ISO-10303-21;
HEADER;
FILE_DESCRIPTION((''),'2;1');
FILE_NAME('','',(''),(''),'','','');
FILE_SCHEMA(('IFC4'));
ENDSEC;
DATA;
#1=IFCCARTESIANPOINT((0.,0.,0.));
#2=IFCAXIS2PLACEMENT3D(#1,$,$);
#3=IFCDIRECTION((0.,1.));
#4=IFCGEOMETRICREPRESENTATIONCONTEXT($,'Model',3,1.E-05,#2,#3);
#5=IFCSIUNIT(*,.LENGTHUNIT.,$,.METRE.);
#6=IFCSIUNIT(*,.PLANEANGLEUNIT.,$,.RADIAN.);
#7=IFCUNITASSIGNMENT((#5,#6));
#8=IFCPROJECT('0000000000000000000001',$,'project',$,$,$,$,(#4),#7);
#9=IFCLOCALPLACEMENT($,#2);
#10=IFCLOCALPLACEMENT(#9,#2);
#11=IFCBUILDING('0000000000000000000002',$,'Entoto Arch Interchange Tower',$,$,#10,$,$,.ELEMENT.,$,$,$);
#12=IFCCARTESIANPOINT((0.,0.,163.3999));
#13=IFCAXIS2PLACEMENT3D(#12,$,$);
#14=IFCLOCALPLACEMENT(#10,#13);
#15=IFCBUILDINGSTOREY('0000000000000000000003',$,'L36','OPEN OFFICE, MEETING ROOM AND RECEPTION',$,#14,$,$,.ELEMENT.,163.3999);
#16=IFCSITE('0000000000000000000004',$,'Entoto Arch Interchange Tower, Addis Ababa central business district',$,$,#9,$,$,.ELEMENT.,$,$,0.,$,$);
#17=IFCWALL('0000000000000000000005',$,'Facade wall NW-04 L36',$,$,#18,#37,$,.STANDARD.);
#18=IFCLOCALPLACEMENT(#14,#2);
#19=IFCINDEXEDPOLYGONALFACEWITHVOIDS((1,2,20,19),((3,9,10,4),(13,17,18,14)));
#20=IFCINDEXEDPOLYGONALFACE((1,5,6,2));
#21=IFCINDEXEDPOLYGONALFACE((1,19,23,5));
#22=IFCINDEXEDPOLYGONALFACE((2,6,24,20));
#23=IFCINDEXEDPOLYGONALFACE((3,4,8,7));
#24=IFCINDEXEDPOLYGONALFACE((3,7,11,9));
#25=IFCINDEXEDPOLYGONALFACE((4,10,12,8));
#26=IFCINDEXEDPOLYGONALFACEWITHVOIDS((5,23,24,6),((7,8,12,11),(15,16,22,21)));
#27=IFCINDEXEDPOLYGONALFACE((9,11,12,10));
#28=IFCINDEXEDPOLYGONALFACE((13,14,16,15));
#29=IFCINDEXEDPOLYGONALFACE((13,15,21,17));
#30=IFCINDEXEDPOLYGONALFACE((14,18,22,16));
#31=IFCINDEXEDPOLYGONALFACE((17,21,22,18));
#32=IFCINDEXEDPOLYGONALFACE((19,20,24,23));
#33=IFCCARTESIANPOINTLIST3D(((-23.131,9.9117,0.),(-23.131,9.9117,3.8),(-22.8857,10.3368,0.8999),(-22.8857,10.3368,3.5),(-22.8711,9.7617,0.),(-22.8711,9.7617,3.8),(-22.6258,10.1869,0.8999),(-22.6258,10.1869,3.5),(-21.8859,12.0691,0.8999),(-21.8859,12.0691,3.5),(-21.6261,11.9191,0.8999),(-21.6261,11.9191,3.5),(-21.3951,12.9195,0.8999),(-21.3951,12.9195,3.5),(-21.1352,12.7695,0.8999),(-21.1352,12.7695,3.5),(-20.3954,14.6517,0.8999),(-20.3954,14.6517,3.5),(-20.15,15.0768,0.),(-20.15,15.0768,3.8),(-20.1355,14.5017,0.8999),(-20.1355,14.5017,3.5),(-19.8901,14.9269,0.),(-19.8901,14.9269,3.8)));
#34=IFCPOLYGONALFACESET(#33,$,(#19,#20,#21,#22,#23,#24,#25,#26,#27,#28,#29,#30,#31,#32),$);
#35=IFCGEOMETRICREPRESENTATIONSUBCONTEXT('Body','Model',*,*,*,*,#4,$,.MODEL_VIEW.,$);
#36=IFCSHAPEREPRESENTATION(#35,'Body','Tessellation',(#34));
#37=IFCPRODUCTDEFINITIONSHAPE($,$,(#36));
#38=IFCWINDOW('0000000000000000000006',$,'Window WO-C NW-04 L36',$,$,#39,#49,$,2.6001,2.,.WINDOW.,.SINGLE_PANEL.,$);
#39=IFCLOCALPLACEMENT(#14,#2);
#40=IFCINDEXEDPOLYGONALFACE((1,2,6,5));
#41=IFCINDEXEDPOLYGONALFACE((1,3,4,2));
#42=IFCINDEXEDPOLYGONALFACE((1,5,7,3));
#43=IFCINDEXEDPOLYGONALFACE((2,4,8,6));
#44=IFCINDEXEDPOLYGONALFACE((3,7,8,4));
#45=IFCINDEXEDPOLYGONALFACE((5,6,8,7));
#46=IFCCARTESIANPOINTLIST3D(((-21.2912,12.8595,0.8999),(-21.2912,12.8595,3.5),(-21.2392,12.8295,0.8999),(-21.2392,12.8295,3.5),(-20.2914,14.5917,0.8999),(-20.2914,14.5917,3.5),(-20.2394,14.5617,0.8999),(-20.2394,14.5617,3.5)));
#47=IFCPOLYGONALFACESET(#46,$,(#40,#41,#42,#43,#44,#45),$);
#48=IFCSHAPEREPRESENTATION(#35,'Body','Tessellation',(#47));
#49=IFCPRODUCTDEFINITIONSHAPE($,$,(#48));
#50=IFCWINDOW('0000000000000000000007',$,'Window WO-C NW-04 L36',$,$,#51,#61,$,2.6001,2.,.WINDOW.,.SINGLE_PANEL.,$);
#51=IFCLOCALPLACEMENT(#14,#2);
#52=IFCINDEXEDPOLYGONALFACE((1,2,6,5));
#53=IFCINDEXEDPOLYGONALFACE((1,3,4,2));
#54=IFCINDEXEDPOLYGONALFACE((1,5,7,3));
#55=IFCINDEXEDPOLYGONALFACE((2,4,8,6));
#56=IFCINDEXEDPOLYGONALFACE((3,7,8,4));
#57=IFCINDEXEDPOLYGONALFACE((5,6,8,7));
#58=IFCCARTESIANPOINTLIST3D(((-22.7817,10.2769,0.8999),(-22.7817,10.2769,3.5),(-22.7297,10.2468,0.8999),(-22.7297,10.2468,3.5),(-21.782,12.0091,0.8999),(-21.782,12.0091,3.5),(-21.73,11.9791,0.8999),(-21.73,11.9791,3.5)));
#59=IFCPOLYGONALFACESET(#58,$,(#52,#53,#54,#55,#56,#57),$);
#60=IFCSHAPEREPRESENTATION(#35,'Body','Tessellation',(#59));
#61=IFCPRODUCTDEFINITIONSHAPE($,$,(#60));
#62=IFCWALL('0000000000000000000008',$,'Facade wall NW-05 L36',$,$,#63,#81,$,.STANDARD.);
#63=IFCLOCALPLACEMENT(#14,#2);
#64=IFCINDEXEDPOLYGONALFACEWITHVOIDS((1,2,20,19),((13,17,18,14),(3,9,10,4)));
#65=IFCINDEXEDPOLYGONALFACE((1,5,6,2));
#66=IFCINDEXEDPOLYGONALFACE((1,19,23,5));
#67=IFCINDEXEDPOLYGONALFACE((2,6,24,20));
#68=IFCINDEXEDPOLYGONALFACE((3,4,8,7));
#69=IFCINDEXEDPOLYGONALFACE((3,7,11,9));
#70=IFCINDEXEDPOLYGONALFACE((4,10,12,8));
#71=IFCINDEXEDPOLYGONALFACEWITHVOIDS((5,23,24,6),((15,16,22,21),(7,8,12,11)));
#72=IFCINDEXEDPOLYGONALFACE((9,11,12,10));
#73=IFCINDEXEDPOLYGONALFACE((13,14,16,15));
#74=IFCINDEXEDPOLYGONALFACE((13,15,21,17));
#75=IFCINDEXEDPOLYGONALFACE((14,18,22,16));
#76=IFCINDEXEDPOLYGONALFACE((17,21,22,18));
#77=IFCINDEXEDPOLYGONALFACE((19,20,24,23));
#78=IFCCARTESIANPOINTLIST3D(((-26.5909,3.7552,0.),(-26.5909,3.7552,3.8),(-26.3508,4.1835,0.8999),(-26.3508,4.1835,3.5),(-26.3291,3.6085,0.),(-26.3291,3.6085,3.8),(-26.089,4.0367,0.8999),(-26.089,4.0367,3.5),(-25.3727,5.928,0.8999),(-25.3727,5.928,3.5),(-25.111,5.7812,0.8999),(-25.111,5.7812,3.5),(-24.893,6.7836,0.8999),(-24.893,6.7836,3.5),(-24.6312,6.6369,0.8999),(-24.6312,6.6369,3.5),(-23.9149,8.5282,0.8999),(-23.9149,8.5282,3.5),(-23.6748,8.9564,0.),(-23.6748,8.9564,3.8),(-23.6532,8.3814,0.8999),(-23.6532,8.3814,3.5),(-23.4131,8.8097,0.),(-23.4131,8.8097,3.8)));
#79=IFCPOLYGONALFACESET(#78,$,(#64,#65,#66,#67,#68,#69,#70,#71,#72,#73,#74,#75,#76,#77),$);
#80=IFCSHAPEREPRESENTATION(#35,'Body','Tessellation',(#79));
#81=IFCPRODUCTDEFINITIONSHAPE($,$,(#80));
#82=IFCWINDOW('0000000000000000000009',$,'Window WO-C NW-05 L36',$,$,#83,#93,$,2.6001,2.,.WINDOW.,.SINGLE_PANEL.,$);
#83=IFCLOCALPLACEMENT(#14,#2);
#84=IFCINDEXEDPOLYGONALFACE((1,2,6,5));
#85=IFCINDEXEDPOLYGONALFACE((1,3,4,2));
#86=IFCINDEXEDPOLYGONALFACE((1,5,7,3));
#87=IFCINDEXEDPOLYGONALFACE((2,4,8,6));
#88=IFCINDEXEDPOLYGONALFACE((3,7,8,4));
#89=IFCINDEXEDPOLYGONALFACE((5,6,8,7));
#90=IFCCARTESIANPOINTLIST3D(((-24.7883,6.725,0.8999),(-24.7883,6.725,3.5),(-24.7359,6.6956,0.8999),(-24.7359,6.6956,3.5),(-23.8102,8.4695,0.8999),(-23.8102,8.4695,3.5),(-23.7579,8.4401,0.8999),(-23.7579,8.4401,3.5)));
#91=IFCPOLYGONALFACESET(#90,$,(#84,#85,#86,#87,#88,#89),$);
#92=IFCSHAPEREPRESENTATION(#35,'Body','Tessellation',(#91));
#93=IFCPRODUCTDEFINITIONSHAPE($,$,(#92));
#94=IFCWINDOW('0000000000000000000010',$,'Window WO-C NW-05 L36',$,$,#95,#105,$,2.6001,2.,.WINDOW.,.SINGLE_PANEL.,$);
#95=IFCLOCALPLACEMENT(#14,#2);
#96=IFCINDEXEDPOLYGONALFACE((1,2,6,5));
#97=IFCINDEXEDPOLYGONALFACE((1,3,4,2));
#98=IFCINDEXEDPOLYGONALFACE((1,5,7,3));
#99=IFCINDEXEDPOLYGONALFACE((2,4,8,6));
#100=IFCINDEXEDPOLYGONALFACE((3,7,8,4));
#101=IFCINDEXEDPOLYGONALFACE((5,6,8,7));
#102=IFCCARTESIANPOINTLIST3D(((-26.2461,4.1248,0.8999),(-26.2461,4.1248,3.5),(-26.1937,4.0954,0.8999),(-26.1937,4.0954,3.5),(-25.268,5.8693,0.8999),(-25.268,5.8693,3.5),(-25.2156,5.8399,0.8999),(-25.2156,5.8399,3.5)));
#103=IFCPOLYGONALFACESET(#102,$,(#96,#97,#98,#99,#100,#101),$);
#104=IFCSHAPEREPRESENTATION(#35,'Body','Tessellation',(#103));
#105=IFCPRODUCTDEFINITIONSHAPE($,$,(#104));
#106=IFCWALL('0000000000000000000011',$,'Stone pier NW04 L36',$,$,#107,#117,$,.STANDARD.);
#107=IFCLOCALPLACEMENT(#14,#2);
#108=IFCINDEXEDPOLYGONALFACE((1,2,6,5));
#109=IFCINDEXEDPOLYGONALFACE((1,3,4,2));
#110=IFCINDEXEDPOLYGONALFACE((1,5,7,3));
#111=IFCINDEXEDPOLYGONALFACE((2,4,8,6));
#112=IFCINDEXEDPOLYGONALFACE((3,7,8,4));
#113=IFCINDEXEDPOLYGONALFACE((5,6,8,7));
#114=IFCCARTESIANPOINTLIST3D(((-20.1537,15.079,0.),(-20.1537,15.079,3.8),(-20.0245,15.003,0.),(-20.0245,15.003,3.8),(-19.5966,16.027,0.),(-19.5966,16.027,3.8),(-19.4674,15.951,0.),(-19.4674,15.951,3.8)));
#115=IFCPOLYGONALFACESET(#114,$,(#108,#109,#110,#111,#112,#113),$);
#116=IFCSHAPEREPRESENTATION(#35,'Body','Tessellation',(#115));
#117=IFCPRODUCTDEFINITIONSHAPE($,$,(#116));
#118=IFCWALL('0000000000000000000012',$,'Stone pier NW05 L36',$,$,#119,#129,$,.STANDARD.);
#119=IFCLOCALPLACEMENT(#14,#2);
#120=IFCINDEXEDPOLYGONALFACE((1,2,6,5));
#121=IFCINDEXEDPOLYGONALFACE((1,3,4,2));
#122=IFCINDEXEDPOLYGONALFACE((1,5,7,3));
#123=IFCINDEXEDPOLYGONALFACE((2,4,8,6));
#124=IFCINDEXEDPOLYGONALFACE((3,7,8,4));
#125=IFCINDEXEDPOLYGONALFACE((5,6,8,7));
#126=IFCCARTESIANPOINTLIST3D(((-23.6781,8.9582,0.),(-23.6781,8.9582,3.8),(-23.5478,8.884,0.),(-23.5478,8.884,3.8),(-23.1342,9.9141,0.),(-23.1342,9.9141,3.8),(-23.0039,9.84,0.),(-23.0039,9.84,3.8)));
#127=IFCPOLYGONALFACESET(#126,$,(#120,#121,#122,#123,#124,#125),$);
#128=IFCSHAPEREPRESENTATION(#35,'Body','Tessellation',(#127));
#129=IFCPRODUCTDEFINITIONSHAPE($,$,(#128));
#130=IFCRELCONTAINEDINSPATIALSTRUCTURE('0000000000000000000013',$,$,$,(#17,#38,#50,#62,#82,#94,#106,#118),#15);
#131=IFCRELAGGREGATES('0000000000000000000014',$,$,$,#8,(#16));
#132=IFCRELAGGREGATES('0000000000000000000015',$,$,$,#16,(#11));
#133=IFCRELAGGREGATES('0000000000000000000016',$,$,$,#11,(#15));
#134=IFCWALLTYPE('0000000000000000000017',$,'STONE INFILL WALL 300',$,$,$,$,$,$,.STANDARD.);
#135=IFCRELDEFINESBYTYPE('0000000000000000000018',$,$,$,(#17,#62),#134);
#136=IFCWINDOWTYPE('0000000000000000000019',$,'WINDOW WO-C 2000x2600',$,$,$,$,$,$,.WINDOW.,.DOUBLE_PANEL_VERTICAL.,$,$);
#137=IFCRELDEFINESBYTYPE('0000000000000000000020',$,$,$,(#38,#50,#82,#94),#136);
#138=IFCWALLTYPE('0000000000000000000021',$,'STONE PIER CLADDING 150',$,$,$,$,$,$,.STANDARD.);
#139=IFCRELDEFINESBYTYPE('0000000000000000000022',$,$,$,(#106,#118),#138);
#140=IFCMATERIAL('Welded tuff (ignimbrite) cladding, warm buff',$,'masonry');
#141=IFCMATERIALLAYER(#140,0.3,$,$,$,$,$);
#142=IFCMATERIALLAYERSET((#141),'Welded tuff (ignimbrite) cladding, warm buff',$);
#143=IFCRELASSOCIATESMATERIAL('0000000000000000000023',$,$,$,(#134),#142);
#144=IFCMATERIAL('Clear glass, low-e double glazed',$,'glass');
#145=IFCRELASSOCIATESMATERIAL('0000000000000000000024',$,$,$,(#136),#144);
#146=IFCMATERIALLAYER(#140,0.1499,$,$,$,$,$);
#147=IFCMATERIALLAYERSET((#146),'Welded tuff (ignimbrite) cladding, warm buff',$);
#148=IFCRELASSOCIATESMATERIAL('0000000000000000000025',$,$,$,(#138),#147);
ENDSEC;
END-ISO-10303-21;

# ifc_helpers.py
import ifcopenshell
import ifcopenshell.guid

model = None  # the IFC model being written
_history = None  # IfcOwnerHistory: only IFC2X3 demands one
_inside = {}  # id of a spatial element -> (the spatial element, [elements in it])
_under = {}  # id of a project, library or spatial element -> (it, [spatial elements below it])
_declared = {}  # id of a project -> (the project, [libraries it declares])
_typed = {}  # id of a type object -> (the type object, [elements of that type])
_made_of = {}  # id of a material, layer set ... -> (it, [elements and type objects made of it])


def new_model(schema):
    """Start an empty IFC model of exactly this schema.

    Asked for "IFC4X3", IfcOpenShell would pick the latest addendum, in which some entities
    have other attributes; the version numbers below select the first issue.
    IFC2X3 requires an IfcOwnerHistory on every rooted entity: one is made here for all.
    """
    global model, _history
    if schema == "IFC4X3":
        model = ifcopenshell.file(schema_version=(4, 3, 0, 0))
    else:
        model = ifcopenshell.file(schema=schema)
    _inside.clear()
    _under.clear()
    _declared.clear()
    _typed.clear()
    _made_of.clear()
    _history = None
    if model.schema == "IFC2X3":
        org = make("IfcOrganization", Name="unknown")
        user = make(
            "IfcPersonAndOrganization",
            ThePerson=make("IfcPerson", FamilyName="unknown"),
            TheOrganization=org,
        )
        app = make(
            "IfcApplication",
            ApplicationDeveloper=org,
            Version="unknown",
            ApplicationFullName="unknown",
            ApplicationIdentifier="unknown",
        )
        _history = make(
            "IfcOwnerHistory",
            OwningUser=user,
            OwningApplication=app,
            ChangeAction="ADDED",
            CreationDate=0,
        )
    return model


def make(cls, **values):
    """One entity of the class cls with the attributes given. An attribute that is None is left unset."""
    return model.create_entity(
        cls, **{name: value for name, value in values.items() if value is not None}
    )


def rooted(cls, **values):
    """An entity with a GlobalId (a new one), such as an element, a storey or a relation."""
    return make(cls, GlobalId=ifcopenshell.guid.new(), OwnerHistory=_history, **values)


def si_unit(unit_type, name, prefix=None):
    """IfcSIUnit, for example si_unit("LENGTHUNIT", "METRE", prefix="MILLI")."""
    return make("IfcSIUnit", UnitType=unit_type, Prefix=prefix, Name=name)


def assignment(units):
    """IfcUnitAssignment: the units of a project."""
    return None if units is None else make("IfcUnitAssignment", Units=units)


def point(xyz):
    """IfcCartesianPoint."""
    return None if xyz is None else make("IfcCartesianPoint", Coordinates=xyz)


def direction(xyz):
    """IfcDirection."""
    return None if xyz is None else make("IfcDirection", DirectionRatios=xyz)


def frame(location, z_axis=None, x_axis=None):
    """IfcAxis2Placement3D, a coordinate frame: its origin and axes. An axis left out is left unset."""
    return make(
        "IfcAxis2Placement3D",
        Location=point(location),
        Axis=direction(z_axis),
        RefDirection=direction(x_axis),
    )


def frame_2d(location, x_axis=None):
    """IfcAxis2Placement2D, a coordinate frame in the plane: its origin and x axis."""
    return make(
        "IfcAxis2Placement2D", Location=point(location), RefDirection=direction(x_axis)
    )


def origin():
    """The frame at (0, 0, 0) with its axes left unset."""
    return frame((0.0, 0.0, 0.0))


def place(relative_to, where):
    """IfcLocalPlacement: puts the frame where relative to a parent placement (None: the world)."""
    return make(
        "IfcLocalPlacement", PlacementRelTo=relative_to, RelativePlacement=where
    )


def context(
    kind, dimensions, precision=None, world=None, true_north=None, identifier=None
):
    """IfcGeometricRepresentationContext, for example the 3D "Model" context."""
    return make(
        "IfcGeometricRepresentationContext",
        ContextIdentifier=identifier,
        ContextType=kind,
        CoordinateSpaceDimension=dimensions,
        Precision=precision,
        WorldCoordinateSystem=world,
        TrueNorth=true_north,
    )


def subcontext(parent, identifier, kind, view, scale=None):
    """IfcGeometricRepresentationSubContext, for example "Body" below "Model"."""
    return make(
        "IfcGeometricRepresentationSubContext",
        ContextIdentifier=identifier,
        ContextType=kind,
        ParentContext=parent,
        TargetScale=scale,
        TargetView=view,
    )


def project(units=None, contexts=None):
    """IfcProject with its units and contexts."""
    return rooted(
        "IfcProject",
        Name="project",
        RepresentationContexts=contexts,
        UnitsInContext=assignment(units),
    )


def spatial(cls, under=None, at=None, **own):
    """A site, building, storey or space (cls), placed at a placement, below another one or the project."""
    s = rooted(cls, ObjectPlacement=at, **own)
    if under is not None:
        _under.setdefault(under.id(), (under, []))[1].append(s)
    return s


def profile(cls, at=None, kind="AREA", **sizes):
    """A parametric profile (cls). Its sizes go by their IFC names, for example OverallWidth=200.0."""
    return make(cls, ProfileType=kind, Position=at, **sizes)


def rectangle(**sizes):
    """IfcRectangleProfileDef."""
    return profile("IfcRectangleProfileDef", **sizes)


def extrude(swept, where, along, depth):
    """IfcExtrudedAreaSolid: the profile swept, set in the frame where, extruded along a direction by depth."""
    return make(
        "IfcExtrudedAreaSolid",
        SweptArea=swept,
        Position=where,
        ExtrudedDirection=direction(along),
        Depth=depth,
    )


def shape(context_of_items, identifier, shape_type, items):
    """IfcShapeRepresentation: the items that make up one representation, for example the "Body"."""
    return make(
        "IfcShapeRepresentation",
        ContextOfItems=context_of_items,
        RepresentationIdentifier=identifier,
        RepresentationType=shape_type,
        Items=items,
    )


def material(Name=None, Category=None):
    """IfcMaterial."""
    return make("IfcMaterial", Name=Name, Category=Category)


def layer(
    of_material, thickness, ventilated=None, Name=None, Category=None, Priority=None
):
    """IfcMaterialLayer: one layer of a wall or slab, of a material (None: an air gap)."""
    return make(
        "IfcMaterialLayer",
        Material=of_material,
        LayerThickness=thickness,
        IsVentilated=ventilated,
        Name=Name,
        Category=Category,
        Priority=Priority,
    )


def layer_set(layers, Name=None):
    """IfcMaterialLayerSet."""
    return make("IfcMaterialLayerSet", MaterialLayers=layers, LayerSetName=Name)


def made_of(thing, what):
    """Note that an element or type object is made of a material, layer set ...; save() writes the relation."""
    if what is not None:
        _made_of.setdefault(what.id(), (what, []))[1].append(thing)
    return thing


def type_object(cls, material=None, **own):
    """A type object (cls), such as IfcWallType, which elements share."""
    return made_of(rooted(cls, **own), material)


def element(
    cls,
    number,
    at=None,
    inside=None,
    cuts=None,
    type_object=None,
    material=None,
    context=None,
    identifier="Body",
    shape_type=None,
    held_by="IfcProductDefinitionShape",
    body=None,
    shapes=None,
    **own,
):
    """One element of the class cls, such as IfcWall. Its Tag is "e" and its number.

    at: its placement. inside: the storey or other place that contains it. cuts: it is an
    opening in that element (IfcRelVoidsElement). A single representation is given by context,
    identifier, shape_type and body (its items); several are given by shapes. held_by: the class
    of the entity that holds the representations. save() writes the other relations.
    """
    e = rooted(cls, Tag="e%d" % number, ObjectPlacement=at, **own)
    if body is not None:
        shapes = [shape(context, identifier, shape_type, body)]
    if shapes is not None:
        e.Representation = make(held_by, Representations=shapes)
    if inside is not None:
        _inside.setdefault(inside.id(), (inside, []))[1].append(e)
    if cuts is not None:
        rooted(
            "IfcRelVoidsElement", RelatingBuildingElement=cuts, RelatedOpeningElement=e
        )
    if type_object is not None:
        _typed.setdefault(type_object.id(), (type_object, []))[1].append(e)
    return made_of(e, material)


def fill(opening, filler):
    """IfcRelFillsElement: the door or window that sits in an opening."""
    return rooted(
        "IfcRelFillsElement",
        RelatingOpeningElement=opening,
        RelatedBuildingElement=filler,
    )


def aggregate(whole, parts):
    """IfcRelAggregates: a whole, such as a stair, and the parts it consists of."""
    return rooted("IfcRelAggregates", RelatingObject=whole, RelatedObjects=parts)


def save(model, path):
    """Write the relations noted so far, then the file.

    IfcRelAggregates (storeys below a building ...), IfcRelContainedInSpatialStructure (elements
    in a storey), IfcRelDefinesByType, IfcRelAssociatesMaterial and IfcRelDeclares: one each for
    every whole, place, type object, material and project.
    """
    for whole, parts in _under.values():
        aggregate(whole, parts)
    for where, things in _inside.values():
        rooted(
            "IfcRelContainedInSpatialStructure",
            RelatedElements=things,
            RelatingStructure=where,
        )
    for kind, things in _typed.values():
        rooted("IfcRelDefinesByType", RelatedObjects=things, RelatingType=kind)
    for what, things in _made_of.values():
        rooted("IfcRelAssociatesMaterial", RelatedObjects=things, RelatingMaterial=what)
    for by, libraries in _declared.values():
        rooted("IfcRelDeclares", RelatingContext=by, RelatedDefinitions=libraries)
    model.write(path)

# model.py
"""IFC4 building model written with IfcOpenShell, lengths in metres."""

from ifc_helpers import new_model, si_unit, direction, frame, frame_2d, origin, place, context, subcontext, project, spatial, rectangle, extrude, material, layer, layer_set, type_object, element, fill, save


model = new_model("IFC4")

# Units and contexts
model_context = context("Model", 3, precision=1e-05, world=origin(), true_north=direction((0.0, 1.0)))
body_context = subcontext(model_context, "Body", "Model", "MODEL_VIEW")
ifc_project = project(units=[si_unit("LENGTHUNIT", "METRE"), si_unit("PLANEANGLEUNIT", "RADIAN")], contexts=[model_context])

# Site, building, storey
site_placement = place(None, origin())
site = spatial("IfcSite", under=ifc_project, at=site_placement, Name="Entoto Arch Interchange Tower, Addis Ababa central business district", CompositionType="ELEMENT", RefElevation=0.0)
building_placement = place(site_placement, origin())
building = spatial("IfcBuilding", under=site, at=building_placement, Name="Entoto Arch Interchange Tower", CompositionType="ELEMENT")
storey_placement = place(building_placement, frame((0.0, 0.0, 163.3999)))
storey = spatial("IfcBuildingStorey", under=building, at=storey_placement, Name="L36", Description="OPEN OFFICE, MEETING ROOM AND RECEPTION", CompositionType="ELEMENT", Elevation=163.3999)

# Walls, openings, windows
ifc_material_1 = material(Name="Welded tuff (ignimbrite) cladding, warm buff", Category="masonry")
ifc_layer_1 = layer(ifc_material_1, 0.3)
ifc_layer_set_1 = layer_set([ifc_layer_1], Name="Welded tuff (ignimbrite) cladding, warm buff")
wall_type_1 = type_object("IfcWallType", Name="STONE INFILL WALL 300", PredefinedType="STANDARD", material=ifc_layer_set_1)
wall_1_placement = place(storey_placement, frame((-20.02, 15.002, 0.0), z_axis=(0.0, 0.0, 1.0), x_axis=(-0.499864, -0.866104, 0.0)))
wall_1 = element("IfcWall", 1, at=wall_1_placement, inside=storey, type_object=wall_type_1, Name="Facade wall NW-04 L36", PredefinedType="STANDARD", context=body_context, shape_type="SweptSolid", body=[
    extrude(rectangle(XDim=5.9636, YDim=0.3, at=frame_2d((2.9819, 0.0))), origin(), (0.0, 0.0, 1.0), 3.8),
])
opening_1_placement = place(wall_1_placement, frame((0.491, 0.0, 0.8999)))
opening_1 = element("IfcOpeningElement", 2, at=opening_1_placement, cuts=wall_1, PredefinedType="OPENING", context=body_context, shape_type="SweptSolid", body=[
    extrude(rectangle(XDim=2.0, YDim=2.6001, at=frame_2d((1.0, 1.3))), frame((0.0, 0.1602, 0.0), z_axis=(0.0, -1.0, 0.0), x_axis=(1.0, 0.0, 0.0)), (0.0, 0.0, 1.0), 0.3201),
])
opening_2_placement = place(wall_1_placement, frame((3.4729, 0.0, 0.8999)))
opening_2 = element("IfcOpeningElement", 3, at=opening_2_placement, cuts=wall_1, PredefinedType="OPENING", context=body_context, shape_type="SweptSolid", body=[
    extrude(rectangle(XDim=2.0, YDim=2.6001, at=frame_2d((1.0, 1.3))), frame((0.0, 0.1602, 0.0), z_axis=(0.0, -1.0, 0.0), x_axis=(1.0, 0.0, 0.0)), (0.0, 0.0, 1.0), 0.3201),
])
ifc_material_2 = material(Name="Clear glass, low-e double glazed", Category="glass")
window_type = type_object("IfcWindowType", Name="WINDOW WO-C 2000x2600", PartitioningType="DOUBLE_PANEL_VERTICAL", PredefinedType="WINDOW", material=ifc_material_2)
window_1_placement = place(opening_1_placement, origin())
window_1 = element("IfcWindow", 4, at=window_1_placement, inside=storey, type_object=window_type, Name="Window WO-C NW-04 L36", OverallHeight=2.6001, OverallWidth=2.0, PartitioningType="SINGLE_PANEL", PredefinedType="WINDOW", context=body_context, shape_type="SweptSolid", body=[
    extrude(rectangle(XDim=2.0, YDim=2.6001, at=frame_2d((1.0, 1.3))), frame((0.0, 0.03, 0.0), z_axis=(0.0, -1.0, 0.0), x_axis=(1.0, 0.0, 0.0)), (0.0, 0.0, 1.0), 0.0601),
])
fill(opening_1, window_1)
window_2_placement = place(opening_2_placement, origin())
window_2 = element("IfcWindow", 5, at=window_2_placement, inside=storey, type_object=window_type, Name="Window WO-C NW-04 L36", OverallHeight=2.6001, OverallWidth=2.0, PartitioningType="SINGLE_PANEL", PredefinedType="WINDOW", context=body_context, shape_type="SweptSolid", body=[
    extrude(rectangle(XDim=2.0, YDim=2.6001, at=frame_2d((1.0, 1.3))), frame((0.0, 0.03, 0.0), z_axis=(0.0, -1.0, 0.0), x_axis=(1.0, 0.0, 0.0)), (0.0, 0.0, 1.0), 0.0601),
])
fill(opening_2, window_2)
wall_2_placement = place(storey_placement, frame((-23.5439, 8.8831, 0.0), z_axis=(0.0, 0.0, 1.0), x_axis=(-0.489032, -0.872266, 0.0)))
wall_2 = element("IfcWall", 6, at=wall_2_placement, inside=storey, type_object=wall_type_1, Name="Facade wall NW-05 L36", PredefinedType="STANDARD", context=body_context, shape_type="SweptSolid", body=[
    extrude(rectangle(XDim=5.9629, YDim=0.3, at=frame_2d((2.9814, 0.0))), origin(), (0.0, 0.0, 1.0), 3.8),
])
opening_3_placement = place(wall_2_placement, frame((0.491, 0.0, 0.8999)))
opening_3 = element("IfcOpeningElement", 7, at=opening_3_placement, cuts=wall_2, PredefinedType="OPENING", context=body_context, shape_type="SweptSolid", body=[
    extrude(rectangle(XDim=2.0, YDim=2.6001, at=frame_2d((1.0, 1.3))), frame((0.0, 0.1602, 0.0), z_axis=(0.0, -1.0, 0.0), x_axis=(1.0, 0.0, 0.0)), (0.0, 0.0, 1.0), 0.3201),
])
opening_4_placement = place(wall_2_placement, frame((3.4719, 0.0, 0.8999)))
opening_4 = element("IfcOpeningElement", 8, at=opening_4_placement, cuts=wall_2, PredefinedType="OPENING", context=body_context, shape_type="SweptSolid", body=[
    extrude(rectangle(XDim=2.0, YDim=2.6001, at=frame_2d((1.0, 1.3))), frame((0.0, 0.1602, 0.0), z_axis=(0.0, -1.0, 0.0), x_axis=(1.0, 0.0, 0.0)), (0.0, 0.0, 1.0), 0.3201),
])
window_3_placement = place(opening_3_placement, origin())
window_3 = element("IfcWindow", 9, at=window_3_placement, inside=storey, type_object=window_type, Name="Window WO-C NW-05 L36", OverallHeight=2.6001, OverallWidth=2.0, PartitioningType="SINGLE_PANEL", PredefinedType="WINDOW", context=body_context, shape_type="SweptSolid", body=[
    extrude(rectangle(XDim=2.0, YDim=2.6001, at=frame_2d((1.0, 1.3))), frame((0.0, 0.03, 0.0), z_axis=(0.0, -1.0, 0.0), x_axis=(1.0, 0.0, 0.0)), (0.0, 0.0, 1.0), 0.0601),
])
fill(opening_3, window_3)
window_4_placement = place(opening_4_placement, origin())
window_4 = element("IfcWindow", 10, at=window_4_placement, inside=storey, type_object=window_type, Name="Window WO-C NW-05 L36", OverallHeight=2.6001, OverallWidth=2.0, PartitioningType="SINGLE_PANEL", PredefinedType="WINDOW", context=body_context, shape_type="SweptSolid", body=[
    extrude(rectangle(XDim=2.0, YDim=2.6001, at=frame_2d((1.0, 1.3))), frame((0.0, 0.03, 0.0), z_axis=(0.0, -1.0, 0.0), x_axis=(1.0, 0.0, 0.0)), (0.0, 0.0, 1.0), 0.0601),
])
fill(opening_4, window_4)

# Walls
ifc_layer_2 = layer(ifc_material_1, 0.1499)
ifc_layer_set_2 = layer_set([ifc_layer_2], Name="Welded tuff (ignimbrite) cladding, warm buff")
wall_type_2 = type_object("IfcWallType", Name="STONE PIER CLADDING 150", PredefinedType="STANDARD", material=ifc_layer_set_2)
wall_3_placement = place(storey_placement, frame((-19.532, 15.989, 0.0), z_axis=(0.0, 0.0, 1.0), x_axis=(-0.506671, -0.86214, 0.0)))
element("IfcWall", 11, at=wall_3_placement, inside=storey, type_object=wall_type_2, Name="Stone pier NW04 L36", PredefinedType="STANDARD", context=body_context, shape_type="SweptSolid", body=[
    extrude(rectangle(XDim=1.0996, YDim=0.1499, at=frame_2d((0.5498, 0.0))), origin(), (0.0, 0.0, 1.0), 3.8),
])
wall_4_placement = place(storey_placement, frame((-23.0691, 9.877, 0.0), z_axis=(0.0, 0.0, 1.0), x_axis=(-0.494513, -0.86917, 0.0)))
element("IfcWall", 12, at=wall_4_placement, inside=storey, type_object=wall_type_2, Name="Stone pier NW05 L36", PredefinedType="STANDARD", context=body_context, shape_type="SweptSolid", body=[
    extrude(rectangle(XDim=1.0999, YDim=0.1499, at=frame_2d((0.5498, 0.0))), origin(), (0.0, 0.0, 1.0), 3.8),
])

save(model, "model.ifc")
